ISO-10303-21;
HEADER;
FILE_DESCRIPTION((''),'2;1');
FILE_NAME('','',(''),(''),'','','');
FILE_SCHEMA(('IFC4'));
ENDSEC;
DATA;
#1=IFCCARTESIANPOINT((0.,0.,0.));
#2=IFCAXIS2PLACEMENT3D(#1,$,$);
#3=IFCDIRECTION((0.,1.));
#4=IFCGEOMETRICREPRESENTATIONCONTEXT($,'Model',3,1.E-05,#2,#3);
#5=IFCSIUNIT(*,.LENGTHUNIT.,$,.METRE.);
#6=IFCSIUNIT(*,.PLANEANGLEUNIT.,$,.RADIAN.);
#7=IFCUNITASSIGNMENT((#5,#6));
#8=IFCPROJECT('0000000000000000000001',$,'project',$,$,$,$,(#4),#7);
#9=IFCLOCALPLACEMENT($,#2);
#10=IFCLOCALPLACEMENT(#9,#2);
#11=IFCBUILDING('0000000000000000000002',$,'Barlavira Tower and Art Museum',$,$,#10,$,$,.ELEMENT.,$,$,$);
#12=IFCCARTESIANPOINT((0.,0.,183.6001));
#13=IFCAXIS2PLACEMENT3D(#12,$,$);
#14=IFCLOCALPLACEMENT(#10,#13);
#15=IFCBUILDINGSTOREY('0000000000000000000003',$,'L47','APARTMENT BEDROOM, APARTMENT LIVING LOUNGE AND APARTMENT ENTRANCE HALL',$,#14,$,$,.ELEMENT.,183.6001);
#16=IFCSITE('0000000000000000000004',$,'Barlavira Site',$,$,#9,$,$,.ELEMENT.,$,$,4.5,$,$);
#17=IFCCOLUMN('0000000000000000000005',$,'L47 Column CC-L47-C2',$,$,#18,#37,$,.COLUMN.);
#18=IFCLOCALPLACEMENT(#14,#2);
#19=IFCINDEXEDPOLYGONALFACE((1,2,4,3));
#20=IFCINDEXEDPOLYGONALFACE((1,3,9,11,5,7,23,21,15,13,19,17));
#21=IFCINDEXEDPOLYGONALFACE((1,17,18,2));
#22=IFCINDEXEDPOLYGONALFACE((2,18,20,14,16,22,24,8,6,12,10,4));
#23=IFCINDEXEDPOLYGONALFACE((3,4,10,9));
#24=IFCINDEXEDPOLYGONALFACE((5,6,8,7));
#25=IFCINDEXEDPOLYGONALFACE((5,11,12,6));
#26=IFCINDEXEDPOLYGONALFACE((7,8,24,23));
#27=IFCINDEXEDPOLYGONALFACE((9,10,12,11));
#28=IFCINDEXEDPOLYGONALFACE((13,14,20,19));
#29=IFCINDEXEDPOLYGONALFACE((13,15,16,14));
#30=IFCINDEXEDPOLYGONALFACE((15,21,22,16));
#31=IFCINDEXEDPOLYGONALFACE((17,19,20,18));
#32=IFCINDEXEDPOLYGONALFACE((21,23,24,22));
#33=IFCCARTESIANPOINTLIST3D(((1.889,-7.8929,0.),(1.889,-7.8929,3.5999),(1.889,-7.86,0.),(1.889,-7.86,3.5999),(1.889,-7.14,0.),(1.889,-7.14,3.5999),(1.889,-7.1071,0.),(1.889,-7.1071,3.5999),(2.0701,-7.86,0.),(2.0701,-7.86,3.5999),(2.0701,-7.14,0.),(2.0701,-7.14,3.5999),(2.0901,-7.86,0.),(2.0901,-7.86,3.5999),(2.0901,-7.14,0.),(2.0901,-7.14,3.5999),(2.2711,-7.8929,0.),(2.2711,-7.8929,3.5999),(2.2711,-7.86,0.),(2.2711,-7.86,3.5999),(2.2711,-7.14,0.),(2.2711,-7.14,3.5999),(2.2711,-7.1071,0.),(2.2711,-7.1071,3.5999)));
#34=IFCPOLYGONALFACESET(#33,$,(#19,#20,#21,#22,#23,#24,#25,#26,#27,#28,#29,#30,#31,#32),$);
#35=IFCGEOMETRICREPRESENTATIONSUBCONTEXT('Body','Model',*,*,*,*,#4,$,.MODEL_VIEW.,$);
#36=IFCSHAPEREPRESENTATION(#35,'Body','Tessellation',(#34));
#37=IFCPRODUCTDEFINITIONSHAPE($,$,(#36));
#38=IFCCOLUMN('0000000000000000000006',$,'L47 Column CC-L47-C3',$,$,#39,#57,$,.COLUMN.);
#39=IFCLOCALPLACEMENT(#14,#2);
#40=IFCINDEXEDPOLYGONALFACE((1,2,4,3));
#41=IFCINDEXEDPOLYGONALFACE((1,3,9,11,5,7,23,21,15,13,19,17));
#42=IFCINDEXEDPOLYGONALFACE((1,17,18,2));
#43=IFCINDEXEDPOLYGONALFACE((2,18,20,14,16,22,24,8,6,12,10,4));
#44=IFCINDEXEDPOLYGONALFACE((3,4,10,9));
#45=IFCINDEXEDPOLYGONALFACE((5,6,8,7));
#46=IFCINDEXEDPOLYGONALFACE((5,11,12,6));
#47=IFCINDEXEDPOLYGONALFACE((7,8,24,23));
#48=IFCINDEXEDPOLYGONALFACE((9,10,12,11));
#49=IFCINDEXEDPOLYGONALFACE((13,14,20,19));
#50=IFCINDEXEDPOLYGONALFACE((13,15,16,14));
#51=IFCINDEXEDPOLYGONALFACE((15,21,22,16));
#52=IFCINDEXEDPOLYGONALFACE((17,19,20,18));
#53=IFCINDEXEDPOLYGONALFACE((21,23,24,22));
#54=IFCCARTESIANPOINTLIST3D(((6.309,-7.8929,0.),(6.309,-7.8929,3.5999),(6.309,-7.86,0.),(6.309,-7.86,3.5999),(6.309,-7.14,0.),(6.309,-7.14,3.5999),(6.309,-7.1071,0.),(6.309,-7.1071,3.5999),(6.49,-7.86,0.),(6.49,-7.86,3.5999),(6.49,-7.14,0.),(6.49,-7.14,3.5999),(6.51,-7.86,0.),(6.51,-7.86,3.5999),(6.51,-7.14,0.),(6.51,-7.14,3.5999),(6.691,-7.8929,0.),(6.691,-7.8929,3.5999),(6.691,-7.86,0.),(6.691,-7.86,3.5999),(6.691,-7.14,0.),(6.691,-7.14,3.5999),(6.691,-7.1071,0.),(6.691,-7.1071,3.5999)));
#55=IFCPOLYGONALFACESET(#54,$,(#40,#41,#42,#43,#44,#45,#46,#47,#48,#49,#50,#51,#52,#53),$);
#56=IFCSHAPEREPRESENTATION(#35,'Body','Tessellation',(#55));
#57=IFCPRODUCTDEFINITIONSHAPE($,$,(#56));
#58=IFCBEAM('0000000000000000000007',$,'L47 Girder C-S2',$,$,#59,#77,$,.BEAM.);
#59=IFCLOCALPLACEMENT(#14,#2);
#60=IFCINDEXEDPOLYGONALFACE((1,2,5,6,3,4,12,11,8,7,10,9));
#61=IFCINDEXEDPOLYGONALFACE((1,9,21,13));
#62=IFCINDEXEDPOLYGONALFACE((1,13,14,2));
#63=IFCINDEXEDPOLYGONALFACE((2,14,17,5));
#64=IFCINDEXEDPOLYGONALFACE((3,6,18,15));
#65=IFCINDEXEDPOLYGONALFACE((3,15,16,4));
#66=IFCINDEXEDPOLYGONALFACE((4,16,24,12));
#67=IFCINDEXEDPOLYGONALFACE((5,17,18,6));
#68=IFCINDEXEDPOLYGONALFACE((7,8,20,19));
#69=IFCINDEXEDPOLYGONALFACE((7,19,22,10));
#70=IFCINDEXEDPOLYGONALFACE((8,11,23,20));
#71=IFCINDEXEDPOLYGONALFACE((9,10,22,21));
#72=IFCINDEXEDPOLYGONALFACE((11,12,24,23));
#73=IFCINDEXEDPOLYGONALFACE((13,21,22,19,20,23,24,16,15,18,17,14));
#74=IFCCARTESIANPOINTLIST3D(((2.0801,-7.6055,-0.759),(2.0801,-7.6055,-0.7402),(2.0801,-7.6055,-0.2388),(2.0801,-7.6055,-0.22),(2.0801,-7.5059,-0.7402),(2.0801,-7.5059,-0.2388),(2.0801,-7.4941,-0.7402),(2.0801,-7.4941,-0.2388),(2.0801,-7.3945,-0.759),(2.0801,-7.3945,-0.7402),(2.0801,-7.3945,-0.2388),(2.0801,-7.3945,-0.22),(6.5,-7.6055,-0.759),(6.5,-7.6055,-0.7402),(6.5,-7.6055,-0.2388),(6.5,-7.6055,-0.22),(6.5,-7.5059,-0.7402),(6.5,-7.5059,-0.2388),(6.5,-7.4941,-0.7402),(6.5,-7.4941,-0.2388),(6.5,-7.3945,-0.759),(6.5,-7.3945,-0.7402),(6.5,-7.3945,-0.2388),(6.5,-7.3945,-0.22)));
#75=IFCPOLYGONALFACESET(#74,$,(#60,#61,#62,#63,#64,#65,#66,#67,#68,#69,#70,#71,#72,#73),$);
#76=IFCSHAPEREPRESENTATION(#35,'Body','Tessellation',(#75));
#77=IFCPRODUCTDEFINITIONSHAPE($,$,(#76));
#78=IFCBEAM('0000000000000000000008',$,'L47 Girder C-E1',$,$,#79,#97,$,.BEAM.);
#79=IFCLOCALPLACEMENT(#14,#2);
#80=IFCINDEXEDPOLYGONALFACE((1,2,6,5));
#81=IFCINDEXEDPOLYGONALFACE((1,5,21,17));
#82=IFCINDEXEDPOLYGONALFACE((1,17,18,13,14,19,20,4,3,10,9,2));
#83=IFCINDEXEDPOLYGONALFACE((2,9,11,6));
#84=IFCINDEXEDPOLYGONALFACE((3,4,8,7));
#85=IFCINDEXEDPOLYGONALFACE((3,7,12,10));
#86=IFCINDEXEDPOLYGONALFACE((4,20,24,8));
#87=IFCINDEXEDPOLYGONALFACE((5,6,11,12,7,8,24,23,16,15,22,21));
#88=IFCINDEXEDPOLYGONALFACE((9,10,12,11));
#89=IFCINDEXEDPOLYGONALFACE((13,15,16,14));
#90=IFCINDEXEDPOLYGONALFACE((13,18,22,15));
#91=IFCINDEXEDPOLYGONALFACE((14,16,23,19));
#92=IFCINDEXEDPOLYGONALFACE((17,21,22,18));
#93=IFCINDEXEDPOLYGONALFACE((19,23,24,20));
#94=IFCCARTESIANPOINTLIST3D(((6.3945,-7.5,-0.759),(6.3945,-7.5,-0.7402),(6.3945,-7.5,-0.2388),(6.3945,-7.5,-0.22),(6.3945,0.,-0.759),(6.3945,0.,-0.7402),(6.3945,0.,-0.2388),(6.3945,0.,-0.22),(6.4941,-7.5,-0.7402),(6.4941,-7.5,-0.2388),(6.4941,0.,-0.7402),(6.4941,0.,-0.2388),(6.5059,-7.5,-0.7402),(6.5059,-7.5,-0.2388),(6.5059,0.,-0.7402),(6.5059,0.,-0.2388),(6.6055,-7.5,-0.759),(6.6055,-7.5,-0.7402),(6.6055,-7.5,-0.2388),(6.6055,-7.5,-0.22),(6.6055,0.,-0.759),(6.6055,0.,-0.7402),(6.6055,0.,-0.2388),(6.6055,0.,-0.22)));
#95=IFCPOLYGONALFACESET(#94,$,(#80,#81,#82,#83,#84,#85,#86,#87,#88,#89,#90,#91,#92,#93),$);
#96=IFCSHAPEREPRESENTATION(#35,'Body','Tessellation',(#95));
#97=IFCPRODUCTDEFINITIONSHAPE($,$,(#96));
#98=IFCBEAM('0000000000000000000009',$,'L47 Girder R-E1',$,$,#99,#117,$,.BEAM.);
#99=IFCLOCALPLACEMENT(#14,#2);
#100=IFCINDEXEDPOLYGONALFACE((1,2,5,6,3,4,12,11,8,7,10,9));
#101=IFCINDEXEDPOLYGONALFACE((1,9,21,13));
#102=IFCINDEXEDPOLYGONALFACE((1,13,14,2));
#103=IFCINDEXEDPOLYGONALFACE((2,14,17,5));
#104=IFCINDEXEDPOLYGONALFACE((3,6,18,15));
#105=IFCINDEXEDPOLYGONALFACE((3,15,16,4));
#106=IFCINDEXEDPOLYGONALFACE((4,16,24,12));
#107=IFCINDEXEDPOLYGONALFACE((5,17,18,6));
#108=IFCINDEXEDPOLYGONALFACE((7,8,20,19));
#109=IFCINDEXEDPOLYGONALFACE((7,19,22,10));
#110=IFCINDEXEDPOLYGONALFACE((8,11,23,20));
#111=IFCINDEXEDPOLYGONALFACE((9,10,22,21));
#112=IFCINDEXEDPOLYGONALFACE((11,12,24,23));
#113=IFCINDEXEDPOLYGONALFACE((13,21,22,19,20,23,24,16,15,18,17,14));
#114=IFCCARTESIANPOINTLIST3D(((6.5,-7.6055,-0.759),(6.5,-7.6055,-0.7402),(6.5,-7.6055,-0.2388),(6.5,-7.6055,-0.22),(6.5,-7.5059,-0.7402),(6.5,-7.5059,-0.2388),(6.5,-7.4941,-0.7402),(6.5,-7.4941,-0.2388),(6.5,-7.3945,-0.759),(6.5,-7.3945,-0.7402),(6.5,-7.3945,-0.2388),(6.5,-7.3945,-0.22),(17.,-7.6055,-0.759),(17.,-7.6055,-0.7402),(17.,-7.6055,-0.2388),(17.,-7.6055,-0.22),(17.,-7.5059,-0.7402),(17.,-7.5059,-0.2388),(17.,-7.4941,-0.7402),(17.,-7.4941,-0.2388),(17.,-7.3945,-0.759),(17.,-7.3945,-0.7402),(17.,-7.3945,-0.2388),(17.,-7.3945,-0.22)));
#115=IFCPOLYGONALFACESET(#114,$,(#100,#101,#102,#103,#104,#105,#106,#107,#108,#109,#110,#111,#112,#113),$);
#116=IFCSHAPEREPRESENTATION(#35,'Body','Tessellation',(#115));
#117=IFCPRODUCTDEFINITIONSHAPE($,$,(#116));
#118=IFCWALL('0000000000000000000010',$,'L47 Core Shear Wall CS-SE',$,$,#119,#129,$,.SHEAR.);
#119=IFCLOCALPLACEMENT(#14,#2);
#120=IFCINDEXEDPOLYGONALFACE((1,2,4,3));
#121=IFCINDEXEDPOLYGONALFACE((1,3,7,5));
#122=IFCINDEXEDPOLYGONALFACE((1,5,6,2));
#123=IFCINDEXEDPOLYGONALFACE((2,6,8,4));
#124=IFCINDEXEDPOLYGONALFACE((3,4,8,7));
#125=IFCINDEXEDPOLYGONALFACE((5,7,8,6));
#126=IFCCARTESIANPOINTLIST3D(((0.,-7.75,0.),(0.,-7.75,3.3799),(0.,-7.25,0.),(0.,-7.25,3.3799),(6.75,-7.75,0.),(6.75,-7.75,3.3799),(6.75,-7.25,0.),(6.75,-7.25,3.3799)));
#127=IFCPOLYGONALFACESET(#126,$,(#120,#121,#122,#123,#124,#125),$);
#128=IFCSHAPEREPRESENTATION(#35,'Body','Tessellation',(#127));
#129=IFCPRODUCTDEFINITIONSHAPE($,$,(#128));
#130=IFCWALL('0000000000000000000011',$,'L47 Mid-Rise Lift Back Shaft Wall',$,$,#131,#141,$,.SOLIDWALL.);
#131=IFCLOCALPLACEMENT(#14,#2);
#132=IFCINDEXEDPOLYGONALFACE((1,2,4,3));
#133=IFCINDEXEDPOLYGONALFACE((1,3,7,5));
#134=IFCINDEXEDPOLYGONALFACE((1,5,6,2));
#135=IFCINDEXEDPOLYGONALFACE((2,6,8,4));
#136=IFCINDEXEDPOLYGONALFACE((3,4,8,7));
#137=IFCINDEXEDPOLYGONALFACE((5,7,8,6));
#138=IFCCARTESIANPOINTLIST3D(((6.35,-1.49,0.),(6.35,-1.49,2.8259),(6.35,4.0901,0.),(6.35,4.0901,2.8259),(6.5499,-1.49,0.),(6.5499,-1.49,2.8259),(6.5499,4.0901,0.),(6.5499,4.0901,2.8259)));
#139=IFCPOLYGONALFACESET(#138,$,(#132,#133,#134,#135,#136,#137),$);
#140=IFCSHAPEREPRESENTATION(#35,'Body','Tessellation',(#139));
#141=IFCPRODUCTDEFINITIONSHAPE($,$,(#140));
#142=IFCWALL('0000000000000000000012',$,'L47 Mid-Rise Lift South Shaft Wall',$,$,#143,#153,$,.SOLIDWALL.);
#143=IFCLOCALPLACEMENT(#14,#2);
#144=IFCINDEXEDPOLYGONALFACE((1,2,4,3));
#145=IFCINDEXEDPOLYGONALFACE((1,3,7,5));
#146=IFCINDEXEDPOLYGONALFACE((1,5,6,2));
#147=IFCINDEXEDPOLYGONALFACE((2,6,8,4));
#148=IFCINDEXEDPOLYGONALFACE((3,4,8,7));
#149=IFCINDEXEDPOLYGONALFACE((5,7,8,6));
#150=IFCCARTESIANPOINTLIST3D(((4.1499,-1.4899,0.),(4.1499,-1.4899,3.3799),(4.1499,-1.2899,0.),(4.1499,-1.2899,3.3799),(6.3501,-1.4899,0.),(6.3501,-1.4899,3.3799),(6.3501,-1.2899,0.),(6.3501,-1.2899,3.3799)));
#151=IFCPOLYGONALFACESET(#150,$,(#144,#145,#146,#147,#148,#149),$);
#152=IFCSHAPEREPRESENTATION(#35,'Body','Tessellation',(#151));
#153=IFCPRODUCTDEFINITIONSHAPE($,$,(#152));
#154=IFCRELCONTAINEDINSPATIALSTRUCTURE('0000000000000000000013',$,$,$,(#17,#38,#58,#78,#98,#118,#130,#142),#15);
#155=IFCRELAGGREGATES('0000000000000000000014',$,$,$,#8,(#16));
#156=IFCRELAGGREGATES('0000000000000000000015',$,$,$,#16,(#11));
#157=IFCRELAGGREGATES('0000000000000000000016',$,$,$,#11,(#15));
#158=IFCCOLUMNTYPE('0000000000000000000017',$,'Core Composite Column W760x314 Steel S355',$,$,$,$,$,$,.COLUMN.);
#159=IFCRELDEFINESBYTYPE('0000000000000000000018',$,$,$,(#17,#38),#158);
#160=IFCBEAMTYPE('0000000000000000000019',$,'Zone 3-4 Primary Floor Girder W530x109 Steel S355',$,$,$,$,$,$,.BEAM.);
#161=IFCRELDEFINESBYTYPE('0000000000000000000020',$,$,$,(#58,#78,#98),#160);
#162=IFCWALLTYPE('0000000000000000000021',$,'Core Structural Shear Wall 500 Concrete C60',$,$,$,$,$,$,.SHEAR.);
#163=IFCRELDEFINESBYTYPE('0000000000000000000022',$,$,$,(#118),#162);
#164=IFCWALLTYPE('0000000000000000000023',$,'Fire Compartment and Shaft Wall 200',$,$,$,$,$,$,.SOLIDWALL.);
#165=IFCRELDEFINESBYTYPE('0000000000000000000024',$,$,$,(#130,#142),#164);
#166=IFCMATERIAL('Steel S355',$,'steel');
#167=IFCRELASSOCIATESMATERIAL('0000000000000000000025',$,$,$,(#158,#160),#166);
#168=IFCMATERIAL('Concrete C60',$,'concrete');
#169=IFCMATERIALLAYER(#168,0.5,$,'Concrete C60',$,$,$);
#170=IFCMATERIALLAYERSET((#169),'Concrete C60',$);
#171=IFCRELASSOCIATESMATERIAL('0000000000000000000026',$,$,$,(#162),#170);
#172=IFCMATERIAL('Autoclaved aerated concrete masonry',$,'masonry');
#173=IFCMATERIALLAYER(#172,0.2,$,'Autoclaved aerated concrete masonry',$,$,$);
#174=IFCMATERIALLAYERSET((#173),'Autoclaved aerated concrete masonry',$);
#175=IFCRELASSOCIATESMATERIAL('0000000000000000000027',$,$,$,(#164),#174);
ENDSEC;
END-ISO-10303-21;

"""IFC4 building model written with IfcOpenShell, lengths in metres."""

from ifc_helpers import new_model, si_unit, direction, frame, frame_2d, origin, origin_2d, place, context, subcontext, project, spatial, rectangle, i_section, extrude, material, layer, layer_set, material_profile, profile_set, type_object, element, save


model = new_model("IFC4")

# Units and contexts
model_context = context("Model", 3, precision=1e-05, world=origin(), true_north=direction((0.0, 1.0)))
body_context = subcontext(model_context, "Body", "Model", "MODEL_VIEW")
ifc_project = project(units=[si_unit("LENGTHUNIT", "METRE"), si_unit("PLANEANGLEUNIT", "RADIAN")], contexts=[model_context])

# Site, building, storey
site_placement = place(None, origin())
site = spatial("IfcSite", under=ifc_project, at=site_placement, Name="Barlavira Site", CompositionType="ELEMENT", RefElevation=4.5)
building_placement = place(site_placement, origin())
building = spatial("IfcBuilding", under=site, at=building_placement, Name="Barlavira Tower and Art Museum", CompositionType="ELEMENT")
storey_placement = place(building_placement, frame((0.0, 0.0, 183.6001)))
storey = spatial("IfcBuildingStorey", under=building, at=storey_placement, Name="L47", Description="APARTMENT BEDROOM, APARTMENT LIVING LOUNGE AND APARTMENT ENTRANCE HALL", CompositionType="ELEMENT", Elevation=183.6001)

# Columns
ifc_material_1 = material(Name="Steel S355", Category="steel")
ifc_material_profile_1 = material_profile(ifc_material_1, i_section(OverallWidth=0.3821, OverallDepth=0.7859, WebThickness=0.02, FlangeThickness=0.033, at=origin_2d()), Name="W760x314.0")
ifc_profile_set_1 = profile_set([ifc_material_profile_1], Name="Steel S355")
column_type = type_object("IfcColumnType", Name="Core Composite Column W760x314 Steel S355", PredefinedType="COLUMN", material=ifc_profile_set_1)
for number, where, z_axis, x_axis, name in (
    (1, (2.0801, -7.5, 0.0), (0.0, 0.0, 1.0), (1.0, 0.0, 0.0), "L47 Column CC-L47-C2"),
    (2, (6.5, -7.5, 0.0), (0.0, 0.0, 1.0), (1.0, 0.0, 0.0), "L47 Column CC-L47-C3"),
):
    element("IfcColumn", number, at=place(storey_placement, frame(where, z_axis=z_axis, x_axis=x_axis)), inside=storey, type_object=column_type, Name=name, PredefinedType="COLUMN", context=body_context, shape_type="SweptSolid", body=[
        extrude(i_section(OverallWidth=0.3821, OverallDepth=0.7859, WebThickness=0.02, FlangeThickness=0.033, at=origin_2d()), origin(), (0.0, 0.0, 1.0), 3.5999),
    ])

# Beams
ifc_material_profile_2 = material_profile(ifc_material_1, i_section(OverallWidth=0.2109, OverallDepth=0.5391, WebThickness=0.0117, FlangeThickness=0.0188, at=origin_2d()), Name="W530x109.0")
ifc_profile_set_2 = profile_set([ifc_material_profile_2], Name="Steel S355")
beam_type = type_object("IfcBeamType", Name="Zone 3-4 Primary Floor Girder W530x109 Steel S355", PredefinedType="BEAM", material=ifc_profile_set_2)
beam_1_placement = place(storey_placement, frame((2.0801, -7.5, -0.4895), z_axis=(1.0, 0.0, 0.0), x_axis=(0.0, 1.0, 0.0)))
element("IfcBeam", 3, at=beam_1_placement, inside=storey, type_object=beam_type, Name="L47 Girder C-S2", PredefinedType="BEAM", context=body_context, shape_type="SweptSolid", body=[
    extrude(i_section(OverallWidth=0.2109, OverallDepth=0.5391, WebThickness=0.0117, FlangeThickness=0.0188, at=origin_2d()), origin(), (0.0, 0.0, 1.0), 4.4199),
])
beam_2_placement = place(storey_placement, frame((6.5, -7.5, -0.4895), z_axis=(0.0, 1.0, 0.0), x_axis=(-1.0, 0.0, 0.0)))
element("IfcBeam", 4, at=beam_2_placement, inside=storey, type_object=beam_type, Name="L47 Girder C-E1", PredefinedType="BEAM", context=body_context, shape_type="SweptSolid", body=[
    extrude(i_section(OverallWidth=0.2109, OverallDepth=0.5391, WebThickness=0.0117, FlangeThickness=0.0188, at=origin_2d()), origin(), (0.0, 0.0, 1.0), 7.5),
])
beam_3_placement = place(storey_placement, frame((6.5, -7.5, -0.4895), z_axis=(1.0, 0.0, 0.0), x_axis=(0.0, 1.0, 0.0)))
element("IfcBeam", 5, at=beam_3_placement, inside=storey, type_object=beam_type, Name="L47 Girder R-E1", PredefinedType="BEAM", context=body_context, shape_type="SweptSolid", body=[
    extrude(i_section(OverallWidth=0.2109, OverallDepth=0.5391, WebThickness=0.0117, FlangeThickness=0.0188, at=origin_2d()), origin(), (0.0, 0.0, 1.0), 10.5),
])

# Wall
ifc_material_2 = material(Name="Concrete C60", Category="concrete")
ifc_layer_1 = layer(ifc_material_2, 0.5, Name="Concrete C60")
ifc_layer_set_1 = layer_set([ifc_layer_1], Name="Concrete C60")
wall_type_1 = type_object("IfcWallType", Name="Core Structural Shear Wall 500 Concrete C60", PredefinedType="SHEAR", material=ifc_layer_set_1)
wall_1_placement = place(storey_placement, frame((0.0, -7.5, 0.0), z_axis=(0.0, 0.0, 1.0), x_axis=(1.0, 0.0, 0.0)))
element("IfcWall", 6, at=wall_1_placement, inside=storey, type_object=wall_type_1, Name="L47 Core Shear Wall CS-SE", PredefinedType="SHEAR", context=body_context, shape_type="SweptSolid", body=[
    extrude(rectangle(XDim=6.75, YDim=0.5, at=frame_2d((3.375, 0.0))), origin(), (0.0, 0.0, 1.0), 3.3799),
])

# Shared definitions
ifc_material_3 = material(Name="Autoclaved aerated concrete masonry", Category="masonry")
ifc_layer_2 = layer(ifc_material_3, 0.2, Name="Autoclaved aerated concrete masonry")
ifc_layer_set_2 = layer_set([ifc_layer_2], Name="Autoclaved aerated concrete masonry")
wall_type_2 = type_object("IfcWallType", Name="Fire Compartment and Shaft Wall 200", PredefinedType="SOLIDWALL", material=ifc_layer_set_2)

# Walls
wall_2_placement = place(storey_placement, frame((6.45, -1.49, 0.0), z_axis=(0.0, 0.0, 1.0), x_axis=(0.0, 1.0, 0.0)))
element("IfcWall", 7, at=wall_2_placement, inside=storey, type_object=wall_type_2, Name="L47 Mid-Rise Lift Back Shaft Wall", PredefinedType="SOLIDWALL", context=body_context, shape_type="SweptSolid", body=[
    extrude(rectangle(XDim=5.5801, YDim=0.2, at=frame_2d((2.79, 0.0))), origin(), (0.0, 0.0, 1.0), 2.8259),
])
wall_3_placement = place(storey_placement, frame((4.1499, -1.3899, 0.0), z_axis=(0.0, 0.0, 1.0), x_axis=(1.0, 0.0, 0.0)))
element("IfcWall", 8, at=wall_3_placement, inside=storey, type_object=wall_type_2, Name="L47 Mid-Rise Lift South Shaft Wall", PredefinedType="SOLIDWALL", context=body_context, shape_type="SweptSolid", body=[
    extrude(rectangle(XDim=2.2002, YDim=0.2, at=frame_2d((1.1001, 0.0))), origin(), (0.0, 0.0, 1.0), 3.3799),
])

save(model, "model.ifc")
